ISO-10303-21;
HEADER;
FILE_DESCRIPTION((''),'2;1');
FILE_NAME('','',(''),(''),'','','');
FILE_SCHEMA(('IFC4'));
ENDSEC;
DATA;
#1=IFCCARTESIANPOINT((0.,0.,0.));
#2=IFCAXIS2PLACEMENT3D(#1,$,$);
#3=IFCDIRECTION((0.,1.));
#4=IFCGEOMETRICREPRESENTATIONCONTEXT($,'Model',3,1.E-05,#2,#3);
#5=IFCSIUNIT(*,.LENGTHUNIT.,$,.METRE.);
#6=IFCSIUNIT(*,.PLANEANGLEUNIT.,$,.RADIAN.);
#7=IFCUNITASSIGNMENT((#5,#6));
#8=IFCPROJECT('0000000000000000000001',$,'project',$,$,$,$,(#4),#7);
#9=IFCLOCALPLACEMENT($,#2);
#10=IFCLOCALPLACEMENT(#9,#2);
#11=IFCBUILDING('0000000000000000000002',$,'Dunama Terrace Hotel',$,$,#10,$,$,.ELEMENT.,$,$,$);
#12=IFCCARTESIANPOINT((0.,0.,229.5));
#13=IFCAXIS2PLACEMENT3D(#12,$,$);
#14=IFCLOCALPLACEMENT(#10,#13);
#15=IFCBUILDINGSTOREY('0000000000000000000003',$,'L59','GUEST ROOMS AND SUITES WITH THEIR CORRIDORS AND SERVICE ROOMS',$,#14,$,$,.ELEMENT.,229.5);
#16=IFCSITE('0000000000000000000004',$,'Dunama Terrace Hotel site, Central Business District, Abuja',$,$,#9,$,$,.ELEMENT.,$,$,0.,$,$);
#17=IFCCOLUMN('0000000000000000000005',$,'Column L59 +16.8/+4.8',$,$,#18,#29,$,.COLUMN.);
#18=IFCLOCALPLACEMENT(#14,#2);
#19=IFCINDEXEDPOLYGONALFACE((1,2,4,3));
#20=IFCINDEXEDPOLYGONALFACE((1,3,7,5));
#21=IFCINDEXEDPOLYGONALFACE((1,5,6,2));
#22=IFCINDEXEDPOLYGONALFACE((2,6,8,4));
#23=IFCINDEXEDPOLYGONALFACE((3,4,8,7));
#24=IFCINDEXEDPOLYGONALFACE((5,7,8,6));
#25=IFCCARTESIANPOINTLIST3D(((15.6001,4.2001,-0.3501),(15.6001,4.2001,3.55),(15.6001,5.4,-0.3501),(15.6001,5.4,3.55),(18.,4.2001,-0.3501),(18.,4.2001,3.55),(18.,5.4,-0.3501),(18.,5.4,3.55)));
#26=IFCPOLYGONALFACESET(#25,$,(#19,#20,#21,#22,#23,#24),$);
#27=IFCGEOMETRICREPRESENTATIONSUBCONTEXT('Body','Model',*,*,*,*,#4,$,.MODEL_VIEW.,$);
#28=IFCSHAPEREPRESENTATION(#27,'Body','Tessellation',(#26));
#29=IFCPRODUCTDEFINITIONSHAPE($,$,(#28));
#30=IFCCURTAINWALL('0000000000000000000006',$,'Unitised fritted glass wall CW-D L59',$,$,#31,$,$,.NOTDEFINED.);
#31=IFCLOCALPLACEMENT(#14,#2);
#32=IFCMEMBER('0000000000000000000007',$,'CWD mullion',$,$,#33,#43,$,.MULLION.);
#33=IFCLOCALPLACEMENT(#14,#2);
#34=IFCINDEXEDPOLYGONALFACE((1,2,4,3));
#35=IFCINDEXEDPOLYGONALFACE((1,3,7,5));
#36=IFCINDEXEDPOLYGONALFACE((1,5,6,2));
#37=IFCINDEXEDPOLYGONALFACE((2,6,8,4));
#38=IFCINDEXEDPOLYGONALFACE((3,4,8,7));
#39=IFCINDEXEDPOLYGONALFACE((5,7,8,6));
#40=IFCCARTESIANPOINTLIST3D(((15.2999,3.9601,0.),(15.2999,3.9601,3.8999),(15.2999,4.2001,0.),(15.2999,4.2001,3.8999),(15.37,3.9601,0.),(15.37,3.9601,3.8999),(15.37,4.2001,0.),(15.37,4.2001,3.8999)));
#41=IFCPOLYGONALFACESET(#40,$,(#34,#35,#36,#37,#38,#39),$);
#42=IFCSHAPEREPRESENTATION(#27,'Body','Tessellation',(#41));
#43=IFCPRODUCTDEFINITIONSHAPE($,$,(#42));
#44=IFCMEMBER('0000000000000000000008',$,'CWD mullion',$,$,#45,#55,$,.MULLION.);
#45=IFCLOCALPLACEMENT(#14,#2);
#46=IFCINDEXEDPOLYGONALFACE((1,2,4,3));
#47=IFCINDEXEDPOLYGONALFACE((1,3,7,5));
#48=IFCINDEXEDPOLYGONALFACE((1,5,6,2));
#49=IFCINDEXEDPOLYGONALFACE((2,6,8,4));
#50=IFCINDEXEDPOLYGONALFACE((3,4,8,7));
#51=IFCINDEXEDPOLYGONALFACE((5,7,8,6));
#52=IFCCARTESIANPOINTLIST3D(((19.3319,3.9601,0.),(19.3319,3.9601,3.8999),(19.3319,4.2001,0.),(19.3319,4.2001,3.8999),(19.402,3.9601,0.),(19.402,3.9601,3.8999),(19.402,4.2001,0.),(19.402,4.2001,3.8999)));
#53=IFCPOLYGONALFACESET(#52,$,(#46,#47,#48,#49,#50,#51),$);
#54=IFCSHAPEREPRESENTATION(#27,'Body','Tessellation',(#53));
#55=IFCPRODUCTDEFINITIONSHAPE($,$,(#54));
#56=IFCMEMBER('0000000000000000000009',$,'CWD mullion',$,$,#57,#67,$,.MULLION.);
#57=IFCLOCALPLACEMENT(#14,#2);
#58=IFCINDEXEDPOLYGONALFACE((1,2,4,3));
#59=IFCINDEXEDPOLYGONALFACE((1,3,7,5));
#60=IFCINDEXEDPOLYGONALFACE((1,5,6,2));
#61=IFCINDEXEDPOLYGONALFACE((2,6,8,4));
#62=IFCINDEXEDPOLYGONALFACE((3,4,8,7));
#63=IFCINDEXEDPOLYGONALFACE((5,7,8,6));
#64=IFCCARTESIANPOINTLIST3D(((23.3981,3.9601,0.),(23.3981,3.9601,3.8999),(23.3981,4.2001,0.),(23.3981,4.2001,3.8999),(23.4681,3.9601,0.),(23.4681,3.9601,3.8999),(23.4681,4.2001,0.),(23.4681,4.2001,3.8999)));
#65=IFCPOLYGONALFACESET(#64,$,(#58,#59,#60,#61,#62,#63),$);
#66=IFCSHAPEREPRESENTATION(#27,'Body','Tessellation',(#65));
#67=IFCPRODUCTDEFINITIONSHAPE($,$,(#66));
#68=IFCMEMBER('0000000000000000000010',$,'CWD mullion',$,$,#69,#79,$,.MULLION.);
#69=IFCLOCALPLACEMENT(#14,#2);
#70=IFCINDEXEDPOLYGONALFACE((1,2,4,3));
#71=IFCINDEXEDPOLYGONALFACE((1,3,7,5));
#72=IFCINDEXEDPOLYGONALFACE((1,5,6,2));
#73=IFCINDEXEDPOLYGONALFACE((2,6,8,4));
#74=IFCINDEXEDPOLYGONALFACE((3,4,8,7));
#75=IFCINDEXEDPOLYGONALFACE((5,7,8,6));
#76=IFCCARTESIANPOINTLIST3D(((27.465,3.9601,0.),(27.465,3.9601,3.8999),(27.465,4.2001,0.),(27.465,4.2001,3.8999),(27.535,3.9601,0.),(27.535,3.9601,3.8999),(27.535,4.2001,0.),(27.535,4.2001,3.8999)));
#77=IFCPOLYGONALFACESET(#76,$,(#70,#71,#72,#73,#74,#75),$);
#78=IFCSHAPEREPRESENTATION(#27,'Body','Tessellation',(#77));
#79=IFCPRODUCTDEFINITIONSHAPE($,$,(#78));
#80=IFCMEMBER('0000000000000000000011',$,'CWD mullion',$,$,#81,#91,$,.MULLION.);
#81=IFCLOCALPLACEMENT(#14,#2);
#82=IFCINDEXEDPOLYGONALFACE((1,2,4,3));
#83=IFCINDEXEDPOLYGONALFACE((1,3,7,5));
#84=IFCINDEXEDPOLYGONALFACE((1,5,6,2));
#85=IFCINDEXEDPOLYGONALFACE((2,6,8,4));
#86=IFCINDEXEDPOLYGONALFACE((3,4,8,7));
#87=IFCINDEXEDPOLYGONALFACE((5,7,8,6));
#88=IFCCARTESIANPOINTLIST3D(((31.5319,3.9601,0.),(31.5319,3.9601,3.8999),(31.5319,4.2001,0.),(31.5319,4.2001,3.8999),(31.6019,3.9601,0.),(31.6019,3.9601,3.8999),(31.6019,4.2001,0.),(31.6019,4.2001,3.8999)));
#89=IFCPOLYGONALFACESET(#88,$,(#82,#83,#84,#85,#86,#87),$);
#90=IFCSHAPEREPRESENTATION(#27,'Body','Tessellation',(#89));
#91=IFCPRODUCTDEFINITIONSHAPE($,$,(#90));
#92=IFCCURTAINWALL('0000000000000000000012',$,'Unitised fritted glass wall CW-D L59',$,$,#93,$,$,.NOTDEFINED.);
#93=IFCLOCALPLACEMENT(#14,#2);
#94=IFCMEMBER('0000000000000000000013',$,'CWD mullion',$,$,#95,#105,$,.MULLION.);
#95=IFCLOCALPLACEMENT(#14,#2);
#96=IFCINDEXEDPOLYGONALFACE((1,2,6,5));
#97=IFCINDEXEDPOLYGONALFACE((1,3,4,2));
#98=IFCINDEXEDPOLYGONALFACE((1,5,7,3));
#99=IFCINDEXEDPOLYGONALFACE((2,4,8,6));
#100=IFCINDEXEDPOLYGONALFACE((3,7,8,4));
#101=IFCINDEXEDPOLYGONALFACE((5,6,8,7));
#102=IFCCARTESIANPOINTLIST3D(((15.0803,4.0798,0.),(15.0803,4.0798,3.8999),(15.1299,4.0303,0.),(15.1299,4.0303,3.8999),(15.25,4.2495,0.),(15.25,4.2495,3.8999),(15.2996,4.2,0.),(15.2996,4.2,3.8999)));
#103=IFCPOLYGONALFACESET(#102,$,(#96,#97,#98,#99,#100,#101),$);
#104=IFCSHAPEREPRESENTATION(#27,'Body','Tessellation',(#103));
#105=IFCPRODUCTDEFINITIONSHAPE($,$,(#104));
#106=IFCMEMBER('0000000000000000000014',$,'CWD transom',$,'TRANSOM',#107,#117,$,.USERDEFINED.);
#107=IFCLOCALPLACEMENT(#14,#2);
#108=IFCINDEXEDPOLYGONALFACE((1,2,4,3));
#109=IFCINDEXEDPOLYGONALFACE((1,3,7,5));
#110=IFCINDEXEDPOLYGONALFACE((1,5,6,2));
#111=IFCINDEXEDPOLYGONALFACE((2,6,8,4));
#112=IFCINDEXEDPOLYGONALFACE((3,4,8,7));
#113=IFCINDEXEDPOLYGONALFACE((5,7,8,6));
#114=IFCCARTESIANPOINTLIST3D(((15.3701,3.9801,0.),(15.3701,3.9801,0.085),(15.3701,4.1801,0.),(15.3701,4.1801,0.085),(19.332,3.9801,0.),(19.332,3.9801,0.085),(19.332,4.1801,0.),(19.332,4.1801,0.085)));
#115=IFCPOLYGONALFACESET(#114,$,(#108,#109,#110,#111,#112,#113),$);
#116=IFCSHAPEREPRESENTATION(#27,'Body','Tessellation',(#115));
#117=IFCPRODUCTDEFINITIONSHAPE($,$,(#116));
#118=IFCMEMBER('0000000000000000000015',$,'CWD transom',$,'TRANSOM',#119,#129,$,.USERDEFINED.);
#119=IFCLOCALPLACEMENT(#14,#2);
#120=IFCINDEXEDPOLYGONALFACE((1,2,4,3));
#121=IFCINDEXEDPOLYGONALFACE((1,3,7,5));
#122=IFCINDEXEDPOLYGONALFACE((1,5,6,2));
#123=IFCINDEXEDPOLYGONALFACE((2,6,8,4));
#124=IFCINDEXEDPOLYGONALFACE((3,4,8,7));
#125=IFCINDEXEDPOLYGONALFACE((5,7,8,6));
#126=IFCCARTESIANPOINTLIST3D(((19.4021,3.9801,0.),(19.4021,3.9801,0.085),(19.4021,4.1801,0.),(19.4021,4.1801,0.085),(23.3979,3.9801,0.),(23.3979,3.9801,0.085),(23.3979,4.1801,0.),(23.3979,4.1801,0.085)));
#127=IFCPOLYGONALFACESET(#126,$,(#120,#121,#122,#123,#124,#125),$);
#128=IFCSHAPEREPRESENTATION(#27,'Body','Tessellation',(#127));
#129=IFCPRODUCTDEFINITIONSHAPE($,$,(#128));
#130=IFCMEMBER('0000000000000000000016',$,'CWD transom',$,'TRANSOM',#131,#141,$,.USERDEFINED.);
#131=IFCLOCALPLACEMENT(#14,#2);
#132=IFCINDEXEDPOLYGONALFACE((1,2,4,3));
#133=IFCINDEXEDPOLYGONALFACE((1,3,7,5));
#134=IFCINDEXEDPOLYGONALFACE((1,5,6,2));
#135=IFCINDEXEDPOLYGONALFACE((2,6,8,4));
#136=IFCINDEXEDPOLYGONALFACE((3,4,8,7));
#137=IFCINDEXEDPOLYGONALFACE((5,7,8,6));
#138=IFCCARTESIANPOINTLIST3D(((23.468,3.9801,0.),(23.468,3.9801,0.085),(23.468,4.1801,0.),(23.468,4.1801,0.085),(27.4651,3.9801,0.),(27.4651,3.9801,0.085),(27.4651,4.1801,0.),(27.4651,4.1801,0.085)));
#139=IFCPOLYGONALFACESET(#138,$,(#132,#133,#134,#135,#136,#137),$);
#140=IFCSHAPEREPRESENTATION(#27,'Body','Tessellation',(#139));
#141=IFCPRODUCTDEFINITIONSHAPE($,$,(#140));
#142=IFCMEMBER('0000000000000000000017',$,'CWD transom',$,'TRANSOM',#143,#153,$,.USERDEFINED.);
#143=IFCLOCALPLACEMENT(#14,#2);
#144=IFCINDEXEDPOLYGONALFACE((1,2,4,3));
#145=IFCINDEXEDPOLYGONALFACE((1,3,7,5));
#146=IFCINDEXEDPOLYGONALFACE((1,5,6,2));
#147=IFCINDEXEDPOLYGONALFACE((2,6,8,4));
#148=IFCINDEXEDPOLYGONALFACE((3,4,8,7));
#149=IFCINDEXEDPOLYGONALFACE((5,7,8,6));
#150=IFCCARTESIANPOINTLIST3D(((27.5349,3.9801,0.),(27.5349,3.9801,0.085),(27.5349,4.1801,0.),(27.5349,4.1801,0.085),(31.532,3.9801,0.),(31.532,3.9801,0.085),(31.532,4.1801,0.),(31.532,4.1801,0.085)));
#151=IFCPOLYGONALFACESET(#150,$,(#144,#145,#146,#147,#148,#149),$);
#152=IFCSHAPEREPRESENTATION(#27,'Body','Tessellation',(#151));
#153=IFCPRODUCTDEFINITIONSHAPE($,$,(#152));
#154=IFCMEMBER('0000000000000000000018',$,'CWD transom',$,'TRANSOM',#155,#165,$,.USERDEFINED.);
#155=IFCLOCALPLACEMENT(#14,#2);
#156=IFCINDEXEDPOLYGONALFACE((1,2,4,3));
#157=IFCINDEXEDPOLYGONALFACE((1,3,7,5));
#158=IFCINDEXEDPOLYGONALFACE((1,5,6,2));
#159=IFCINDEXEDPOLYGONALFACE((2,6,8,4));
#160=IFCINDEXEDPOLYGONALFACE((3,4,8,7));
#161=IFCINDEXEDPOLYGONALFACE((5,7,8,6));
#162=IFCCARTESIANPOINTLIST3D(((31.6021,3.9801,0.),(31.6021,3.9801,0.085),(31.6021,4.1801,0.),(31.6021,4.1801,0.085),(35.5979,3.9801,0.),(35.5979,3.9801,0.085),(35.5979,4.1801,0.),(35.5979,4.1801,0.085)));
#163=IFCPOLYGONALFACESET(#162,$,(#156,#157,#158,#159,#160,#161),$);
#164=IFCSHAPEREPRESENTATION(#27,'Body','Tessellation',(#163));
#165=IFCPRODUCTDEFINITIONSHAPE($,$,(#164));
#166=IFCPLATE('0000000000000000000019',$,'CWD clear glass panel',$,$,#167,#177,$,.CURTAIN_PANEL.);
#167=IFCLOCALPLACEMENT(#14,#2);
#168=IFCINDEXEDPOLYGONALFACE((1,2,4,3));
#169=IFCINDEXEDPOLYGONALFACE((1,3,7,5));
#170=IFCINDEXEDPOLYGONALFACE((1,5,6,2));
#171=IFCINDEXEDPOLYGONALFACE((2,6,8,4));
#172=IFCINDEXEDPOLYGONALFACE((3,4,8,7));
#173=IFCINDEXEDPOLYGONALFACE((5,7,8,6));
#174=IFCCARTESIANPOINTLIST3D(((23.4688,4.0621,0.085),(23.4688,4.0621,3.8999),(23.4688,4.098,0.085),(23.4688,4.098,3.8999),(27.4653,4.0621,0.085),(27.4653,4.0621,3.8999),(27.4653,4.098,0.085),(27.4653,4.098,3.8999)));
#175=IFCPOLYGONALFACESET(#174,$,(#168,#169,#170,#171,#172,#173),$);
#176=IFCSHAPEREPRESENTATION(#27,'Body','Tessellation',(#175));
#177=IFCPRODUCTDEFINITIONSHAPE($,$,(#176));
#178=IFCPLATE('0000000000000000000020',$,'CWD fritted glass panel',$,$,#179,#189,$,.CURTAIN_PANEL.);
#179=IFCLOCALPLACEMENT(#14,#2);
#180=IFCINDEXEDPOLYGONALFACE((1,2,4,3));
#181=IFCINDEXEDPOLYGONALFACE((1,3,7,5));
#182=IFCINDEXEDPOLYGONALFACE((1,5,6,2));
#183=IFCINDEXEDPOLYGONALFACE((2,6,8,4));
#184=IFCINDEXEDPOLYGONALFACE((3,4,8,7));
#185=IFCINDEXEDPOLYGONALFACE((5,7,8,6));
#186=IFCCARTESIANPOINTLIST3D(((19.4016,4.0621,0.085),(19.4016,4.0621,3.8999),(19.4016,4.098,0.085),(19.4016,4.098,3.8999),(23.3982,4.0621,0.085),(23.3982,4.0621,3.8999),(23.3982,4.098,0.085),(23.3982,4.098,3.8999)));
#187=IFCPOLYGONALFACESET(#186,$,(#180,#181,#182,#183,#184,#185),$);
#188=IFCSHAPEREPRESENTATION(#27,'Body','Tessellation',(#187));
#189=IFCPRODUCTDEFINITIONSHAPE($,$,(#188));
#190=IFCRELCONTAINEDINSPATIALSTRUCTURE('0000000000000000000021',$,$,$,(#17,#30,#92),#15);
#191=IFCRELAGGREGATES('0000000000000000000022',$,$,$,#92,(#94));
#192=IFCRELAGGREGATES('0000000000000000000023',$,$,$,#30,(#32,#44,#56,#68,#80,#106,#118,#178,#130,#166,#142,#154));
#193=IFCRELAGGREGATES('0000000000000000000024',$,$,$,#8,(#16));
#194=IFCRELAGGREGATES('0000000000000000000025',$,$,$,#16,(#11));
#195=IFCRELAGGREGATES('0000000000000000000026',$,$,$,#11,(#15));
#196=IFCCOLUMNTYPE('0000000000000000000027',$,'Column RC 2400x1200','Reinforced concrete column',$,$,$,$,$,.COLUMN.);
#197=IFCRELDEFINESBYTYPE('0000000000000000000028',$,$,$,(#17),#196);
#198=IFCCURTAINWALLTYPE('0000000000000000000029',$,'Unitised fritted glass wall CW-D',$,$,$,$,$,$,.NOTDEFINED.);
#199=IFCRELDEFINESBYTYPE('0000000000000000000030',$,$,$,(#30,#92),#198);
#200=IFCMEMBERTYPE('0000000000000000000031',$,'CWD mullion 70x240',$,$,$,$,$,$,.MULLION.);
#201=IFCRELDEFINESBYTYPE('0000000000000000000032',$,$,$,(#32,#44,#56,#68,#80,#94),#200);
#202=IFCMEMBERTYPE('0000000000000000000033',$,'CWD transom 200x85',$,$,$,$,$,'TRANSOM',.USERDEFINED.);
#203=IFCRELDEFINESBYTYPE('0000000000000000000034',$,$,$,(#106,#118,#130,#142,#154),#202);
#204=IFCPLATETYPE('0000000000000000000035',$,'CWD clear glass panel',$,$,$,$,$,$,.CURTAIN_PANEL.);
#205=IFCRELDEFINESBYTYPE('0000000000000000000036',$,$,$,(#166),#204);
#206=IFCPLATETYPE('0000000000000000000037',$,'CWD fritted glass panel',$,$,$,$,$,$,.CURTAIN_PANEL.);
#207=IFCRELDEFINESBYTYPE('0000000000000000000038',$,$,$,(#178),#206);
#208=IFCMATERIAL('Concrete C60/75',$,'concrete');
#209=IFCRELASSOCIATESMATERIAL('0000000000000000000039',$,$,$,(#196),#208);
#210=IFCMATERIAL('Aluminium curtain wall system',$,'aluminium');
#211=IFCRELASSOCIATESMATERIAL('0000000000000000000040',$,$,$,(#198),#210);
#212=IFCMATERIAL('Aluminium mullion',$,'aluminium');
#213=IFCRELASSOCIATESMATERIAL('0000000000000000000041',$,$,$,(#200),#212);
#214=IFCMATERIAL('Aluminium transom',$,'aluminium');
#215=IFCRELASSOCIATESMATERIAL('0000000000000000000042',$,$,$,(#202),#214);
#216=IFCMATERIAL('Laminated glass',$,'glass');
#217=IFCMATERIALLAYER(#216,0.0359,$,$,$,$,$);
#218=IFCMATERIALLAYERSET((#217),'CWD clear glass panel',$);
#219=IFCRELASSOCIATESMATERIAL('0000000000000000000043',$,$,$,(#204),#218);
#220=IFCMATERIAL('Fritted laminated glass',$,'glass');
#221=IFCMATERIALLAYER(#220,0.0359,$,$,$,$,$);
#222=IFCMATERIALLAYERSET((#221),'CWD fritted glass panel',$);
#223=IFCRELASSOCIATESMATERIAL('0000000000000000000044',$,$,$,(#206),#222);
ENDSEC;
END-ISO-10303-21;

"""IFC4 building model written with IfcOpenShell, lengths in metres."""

from ifc_helpers import new_model, si_unit, direction, frame, origin, origin_2d, place, context, subcontext, project, spatial, rectangle, extrude, material, layer, layer_set, material_profile, profile_set, type_object, element, aggregate, save


model = new_model("IFC4")

# Units and contexts
model_context = context("Model", 3, precision=1e-05, world=origin(), true_north=direction((0.0, 1.0)))
body_context = subcontext(model_context, "Body", "Model", "MODEL_VIEW")
ifc_project = project(units=[si_unit("LENGTHUNIT", "METRE"), si_unit("PLANEANGLEUNIT", "RADIAN")], contexts=[model_context])

# Site, building, storey
site_placement = place(None, origin())
site = spatial("IfcSite", under=ifc_project, at=site_placement, Name="Dunama Terrace Hotel site, Central Business District, Abuja", CompositionType="ELEMENT", RefElevation=0.0)
building_placement = place(site_placement, origin())
building = spatial("IfcBuilding", under=site, at=building_placement, Name="Dunama Terrace Hotel", CompositionType="ELEMENT")
storey_placement = place(building_placement, frame((0.0, 0.0, 229.5)))
storey = spatial("IfcBuildingStorey", under=building, at=storey_placement, Name="L59", Description="GUEST ROOMS AND SUITES WITH THEIR CORRIDORS AND SERVICE ROOMS", CompositionType="ELEMENT", Elevation=229.5)

# Column
ifc_material_1 = material(Name="Concrete C60/75", Category="concrete")
ifc_material_profile_1 = material_profile(ifc_material_1, rectangle(XDim=2.3999, YDim=1.2, at=origin_2d()), Name="RC 2400x1200")
ifc_profile_set_1 = profile_set([ifc_material_profile_1], Name="Concrete C60/75")
column_type = type_object("IfcColumnType", Name="Column RC 2400x1200", Description="Reinforced concrete column", PredefinedType="COLUMN", material=ifc_profile_set_1)
column_placement = place(storey_placement, frame((16.8, 4.8, -0.3501), z_axis=(0.0, 0.0, 1.0), x_axis=(1.0, 0.0, 0.0)))
element("IfcColumn", 1, at=column_placement, inside=storey, type_object=column_type, Name="Column L59 +16.8/+4.8", PredefinedType="COLUMN", context=body_context, shape_type="SweptSolid", body=[
    extrude(rectangle(XDim=2.3999, YDim=1.2, at=origin_2d()), origin(), (0.0, 0.0, 1.0), 3.9001),
])

# Curtain wall, members
ifc_material_2 = material(Name="Aluminium curtain wall system", Category="aluminium")
curtain_wall_type = type_object("IfcCurtainWallType", Name="Unitised fritted glass wall CW-D", PredefinedType="NOTDEFINED", material=ifc_material_2)
curtain_wall_1_placement = place(storey_placement, origin())
curtain_wall_1 = element("IfcCurtainWall", 2, at=curtain_wall_1_placement, inside=storey, type_object=curtain_wall_type, Name="Unitised fritted glass wall CW-D L59", PredefinedType="NOTDEFINED")
ifc_material_3 = material(Name="Aluminium mullion", Category="aluminium")
ifc_material_profile_2 = material_profile(ifc_material_3, rectangle(XDim=0.0701, YDim=0.24, at=origin_2d()), Name="CWD MULLION 70X240")
ifc_profile_set_2 = profile_set([ifc_material_profile_2], Name="Aluminium mullion")
member_type_1 = type_object("IfcMemberType", Name="CWD mullion 70x240", PredefinedType="MULLION", material=ifc_profile_set_2)
member_1_placement = place(storey_placement, frame((15.335, 4.0801, 0.0), z_axis=(0.0, 0.0, 1.0), x_axis=(1.0, 0.0, 0.0)))
member_1 = element("IfcMember", 3, at=member_1_placement, type_object=member_type_1, Name="CWD mullion", PredefinedType="MULLION", context=body_context, shape_type="SweptSolid", body=[
    extrude(rectangle(XDim=0.0701, YDim=0.24, at=origin_2d()), origin(), (0.0, 0.0, 1.0), 3.8999),
])
member_2_placement = place(storey_placement, frame((19.3669, 4.0801, 0.0), z_axis=(0.0, 0.0, 1.0), x_axis=(1.0, 0.0, 0.0)))
member_2 = element("IfcMember", 4, at=member_2_placement, type_object=member_type_1, Name="CWD mullion", PredefinedType="MULLION", context=body_context, shape_type="SweptSolid", body=[
    extrude(rectangle(XDim=0.0701, YDim=0.24, at=origin_2d()), origin(), (0.0, 0.0, 1.0), 3.8999),
])
member_3_placement = place(storey_placement, frame((23.4331, 4.0801, 0.0), z_axis=(0.0, 0.0, 1.0), x_axis=(1.0, 0.0, 0.0)))
member_3 = element("IfcMember", 5, at=member_3_placement, type_object=member_type_1, Name="CWD mullion", PredefinedType="MULLION", context=body_context, shape_type="SweptSolid", body=[
    extrude(rectangle(XDim=0.0701, YDim=0.24, at=origin_2d()), origin(), (0.0, 0.0, 1.0), 3.8999),
])
member_4_placement = place(storey_placement, frame((27.5, 4.0801, 0.0), z_axis=(0.0, 0.0, 1.0), x_axis=(1.0, 0.0, 0.0)))
member_4 = element("IfcMember", 6, at=member_4_placement, type_object=member_type_1, Name="CWD mullion", PredefinedType="MULLION", context=body_context, shape_type="SweptSolid", body=[
    extrude(rectangle(XDim=0.0701, YDim=0.24, at=origin_2d()), origin(), (0.0, 0.0, 1.0), 3.8999),
])
member_5_placement = place(storey_placement, frame((31.5669, 4.0801, 0.0), z_axis=(0.0, 0.0, 1.0), x_axis=(1.0, 0.0, 0.0)))
member_5 = element("IfcMember", 7, at=member_5_placement, type_object=member_type_1, Name="CWD mullion", PredefinedType="MULLION", context=body_context, shape_type="SweptSolid", body=[
    extrude(rectangle(XDim=0.0701, YDim=0.24, at=origin_2d()), origin(), (0.0, 0.0, 1.0), 3.8999),
])

# Curtain wall, member
curtain_wall_2_placement = place(storey_placement, origin())
curtain_wall_2 = element("IfcCurtainWall", 8, at=curtain_wall_2_placement, inside=storey, type_object=curtain_wall_type, Name="Unitised fritted glass wall CW-D L59", PredefinedType="NOTDEFINED")
member_6_placement = place(storey_placement, frame((15.1899, 4.1399, 0.0), z_axis=(0.0, 0.0, 1.0), x_axis=(0.707107, -0.707107, 0.0)))
member_6 = element("IfcMember", 9, at=member_6_placement, type_object=member_type_1, Name="CWD mullion", PredefinedType="MULLION", context=body_context, shape_type="SweptSolid", body=[
    extrude(rectangle(XDim=0.0701, YDim=0.24, at=origin_2d()), origin(), (0.0, 0.0, 1.0), 3.8999),
])
aggregate(curtain_wall_2, [member_6])

# Members
ifc_material_4 = material(Name="Aluminium transom", Category="aluminium")
ifc_material_profile_3 = material_profile(ifc_material_4, rectangle(XDim=0.2, YDim=0.085, at=origin_2d()), Name="CWD TRANSOM 200X85")
ifc_profile_set_3 = profile_set([ifc_material_profile_3], Name="Aluminium transom")
member_type_2 = type_object("IfcMemberType", Name="CWD transom 200x85", ElementType="TRANSOM", PredefinedType="USERDEFINED", material=ifc_profile_set_3)
member_7_placement = place(storey_placement, frame((15.3701, 4.0801, 0.0425), z_axis=(1.0, 0.0, 0.0), x_axis=(0.0, 1.0, 0.0)))
member_7 = element("IfcMember", 10, at=member_7_placement, type_object=member_type_2, Name="CWD transom", ObjectType="TRANSOM", PredefinedType="USERDEFINED", context=body_context, shape_type="SweptSolid", body=[
    extrude(rectangle(XDim=0.2, YDim=0.085, at=origin_2d()), origin(), (0.0, 0.0, 1.0), 3.9619),
])
member_8_placement = place(storey_placement, frame((19.4021, 4.0801, 0.0425), z_axis=(1.0, 0.0, 0.0), x_axis=(0.0, 1.0, 0.0)))
member_8 = element("IfcMember", 11, at=member_8_placement, type_object=member_type_2, Name="CWD transom", ObjectType="TRANSOM", PredefinedType="USERDEFINED", context=body_context, shape_type="SweptSolid", body=[
    extrude(rectangle(XDim=0.2, YDim=0.085, at=origin_2d()), origin(), (0.0, 0.0, 1.0), 3.9958),
])
member_9_placement = place(storey_placement, frame((23.468, 4.0801, 0.0425), z_axis=(1.0, 0.0, 0.0), x_axis=(0.0, 1.0, 0.0)))
member_9 = element("IfcMember", 12, at=member_9_placement, type_object=member_type_2, Name="CWD transom", ObjectType="TRANSOM", PredefinedType="USERDEFINED", context=body_context, shape_type="SweptSolid", body=[
    extrude(rectangle(XDim=0.2, YDim=0.085, at=origin_2d()), origin(), (0.0, 0.0, 1.0), 3.9971),
])
member_10_placement = place(storey_placement, frame((27.5349, 4.0801, 0.0425), z_axis=(1.0, 0.0, 0.0), x_axis=(0.0, 1.0, 0.0)))
member_10 = element("IfcMember", 13, at=member_10_placement, type_object=member_type_2, Name="CWD transom", ObjectType="TRANSOM", PredefinedType="USERDEFINED", context=body_context, shape_type="SweptSolid", body=[
    extrude(rectangle(XDim=0.2, YDim=0.085, at=origin_2d()), origin(), (0.0, 0.0, 1.0), 3.9971),
])
member_11_placement = place(storey_placement, frame((31.6021, 4.0801, 0.0425), z_axis=(1.0, 0.0, 0.0), x_axis=(0.0, 1.0, 0.0)))
member_11 = element("IfcMember", 14, at=member_11_placement, type_object=member_type_2, Name="CWD transom", ObjectType="TRANSOM", PredefinedType="USERDEFINED", context=body_context, shape_type="SweptSolid", body=[
    extrude(rectangle(XDim=0.2, YDim=0.085, at=origin_2d()), origin(), (0.0, 0.0, 1.0), 3.9958),
])

# Plates
ifc_material_5 = material(Name="Laminated glass", Category="glass")
ifc_layer_1 = layer(ifc_material_5, 0.0359)
ifc_layer_set_1 = layer_set([ifc_layer_1], Name="CWD clear glass panel")
plate_type_1 = type_object("IfcPlateType", Name="CWD clear glass panel", PredefinedType="CURTAIN_PANEL", material=ifc_layer_set_1)
plate_1_placement = place(storey_placement, frame((25.467, 4.0801, 0.085), z_axis=(0.0, 0.0, 1.0), x_axis=(1.0, 0.0, 0.0)))
plate_1 = element("IfcPlate", 15, at=plate_1_placement, type_object=plate_type_1, Name="CWD clear glass panel", PredefinedType="CURTAIN_PANEL", context=body_context, shape_type="SweptSolid", body=[
    extrude(rectangle(XDim=3.9966, YDim=0.0359, at=origin_2d()), origin(), (0.0, 0.0, 1.0), 3.8149),
])
ifc_material_6 = material(Name="Fritted laminated glass", Category="glass")
ifc_layer_2 = layer(ifc_material_6, 0.0359)
ifc_layer_set_2 = layer_set([ifc_layer_2], Name="CWD fritted glass panel")
plate_type_2 = type_object("IfcPlateType", Name="CWD fritted glass panel", PredefinedType="CURTAIN_PANEL", material=ifc_layer_set_2)
plate_2_placement = place(storey_placement, frame((21.3999, 4.0801, 0.085), z_axis=(0.0, 0.0, 1.0), x_axis=(1.0, 0.0, 0.0)))
plate_2 = element("IfcPlate", 16, at=plate_2_placement, type_object=plate_type_2, Name="CWD fritted glass panel", PredefinedType="CURTAIN_PANEL", context=body_context, shape_type="SweptSolid", body=[
    extrude(rectangle(XDim=3.9966, YDim=0.0359, at=origin_2d()), origin(), (0.0, 0.0, 1.0), 3.8149),
])
aggregate(curtain_wall_1, [member_1, member_2, member_3, member_4, member_5, member_7, member_8, plate_2, member_9, plate_1, member_10, member_11])

save(model, "model.ifc")
